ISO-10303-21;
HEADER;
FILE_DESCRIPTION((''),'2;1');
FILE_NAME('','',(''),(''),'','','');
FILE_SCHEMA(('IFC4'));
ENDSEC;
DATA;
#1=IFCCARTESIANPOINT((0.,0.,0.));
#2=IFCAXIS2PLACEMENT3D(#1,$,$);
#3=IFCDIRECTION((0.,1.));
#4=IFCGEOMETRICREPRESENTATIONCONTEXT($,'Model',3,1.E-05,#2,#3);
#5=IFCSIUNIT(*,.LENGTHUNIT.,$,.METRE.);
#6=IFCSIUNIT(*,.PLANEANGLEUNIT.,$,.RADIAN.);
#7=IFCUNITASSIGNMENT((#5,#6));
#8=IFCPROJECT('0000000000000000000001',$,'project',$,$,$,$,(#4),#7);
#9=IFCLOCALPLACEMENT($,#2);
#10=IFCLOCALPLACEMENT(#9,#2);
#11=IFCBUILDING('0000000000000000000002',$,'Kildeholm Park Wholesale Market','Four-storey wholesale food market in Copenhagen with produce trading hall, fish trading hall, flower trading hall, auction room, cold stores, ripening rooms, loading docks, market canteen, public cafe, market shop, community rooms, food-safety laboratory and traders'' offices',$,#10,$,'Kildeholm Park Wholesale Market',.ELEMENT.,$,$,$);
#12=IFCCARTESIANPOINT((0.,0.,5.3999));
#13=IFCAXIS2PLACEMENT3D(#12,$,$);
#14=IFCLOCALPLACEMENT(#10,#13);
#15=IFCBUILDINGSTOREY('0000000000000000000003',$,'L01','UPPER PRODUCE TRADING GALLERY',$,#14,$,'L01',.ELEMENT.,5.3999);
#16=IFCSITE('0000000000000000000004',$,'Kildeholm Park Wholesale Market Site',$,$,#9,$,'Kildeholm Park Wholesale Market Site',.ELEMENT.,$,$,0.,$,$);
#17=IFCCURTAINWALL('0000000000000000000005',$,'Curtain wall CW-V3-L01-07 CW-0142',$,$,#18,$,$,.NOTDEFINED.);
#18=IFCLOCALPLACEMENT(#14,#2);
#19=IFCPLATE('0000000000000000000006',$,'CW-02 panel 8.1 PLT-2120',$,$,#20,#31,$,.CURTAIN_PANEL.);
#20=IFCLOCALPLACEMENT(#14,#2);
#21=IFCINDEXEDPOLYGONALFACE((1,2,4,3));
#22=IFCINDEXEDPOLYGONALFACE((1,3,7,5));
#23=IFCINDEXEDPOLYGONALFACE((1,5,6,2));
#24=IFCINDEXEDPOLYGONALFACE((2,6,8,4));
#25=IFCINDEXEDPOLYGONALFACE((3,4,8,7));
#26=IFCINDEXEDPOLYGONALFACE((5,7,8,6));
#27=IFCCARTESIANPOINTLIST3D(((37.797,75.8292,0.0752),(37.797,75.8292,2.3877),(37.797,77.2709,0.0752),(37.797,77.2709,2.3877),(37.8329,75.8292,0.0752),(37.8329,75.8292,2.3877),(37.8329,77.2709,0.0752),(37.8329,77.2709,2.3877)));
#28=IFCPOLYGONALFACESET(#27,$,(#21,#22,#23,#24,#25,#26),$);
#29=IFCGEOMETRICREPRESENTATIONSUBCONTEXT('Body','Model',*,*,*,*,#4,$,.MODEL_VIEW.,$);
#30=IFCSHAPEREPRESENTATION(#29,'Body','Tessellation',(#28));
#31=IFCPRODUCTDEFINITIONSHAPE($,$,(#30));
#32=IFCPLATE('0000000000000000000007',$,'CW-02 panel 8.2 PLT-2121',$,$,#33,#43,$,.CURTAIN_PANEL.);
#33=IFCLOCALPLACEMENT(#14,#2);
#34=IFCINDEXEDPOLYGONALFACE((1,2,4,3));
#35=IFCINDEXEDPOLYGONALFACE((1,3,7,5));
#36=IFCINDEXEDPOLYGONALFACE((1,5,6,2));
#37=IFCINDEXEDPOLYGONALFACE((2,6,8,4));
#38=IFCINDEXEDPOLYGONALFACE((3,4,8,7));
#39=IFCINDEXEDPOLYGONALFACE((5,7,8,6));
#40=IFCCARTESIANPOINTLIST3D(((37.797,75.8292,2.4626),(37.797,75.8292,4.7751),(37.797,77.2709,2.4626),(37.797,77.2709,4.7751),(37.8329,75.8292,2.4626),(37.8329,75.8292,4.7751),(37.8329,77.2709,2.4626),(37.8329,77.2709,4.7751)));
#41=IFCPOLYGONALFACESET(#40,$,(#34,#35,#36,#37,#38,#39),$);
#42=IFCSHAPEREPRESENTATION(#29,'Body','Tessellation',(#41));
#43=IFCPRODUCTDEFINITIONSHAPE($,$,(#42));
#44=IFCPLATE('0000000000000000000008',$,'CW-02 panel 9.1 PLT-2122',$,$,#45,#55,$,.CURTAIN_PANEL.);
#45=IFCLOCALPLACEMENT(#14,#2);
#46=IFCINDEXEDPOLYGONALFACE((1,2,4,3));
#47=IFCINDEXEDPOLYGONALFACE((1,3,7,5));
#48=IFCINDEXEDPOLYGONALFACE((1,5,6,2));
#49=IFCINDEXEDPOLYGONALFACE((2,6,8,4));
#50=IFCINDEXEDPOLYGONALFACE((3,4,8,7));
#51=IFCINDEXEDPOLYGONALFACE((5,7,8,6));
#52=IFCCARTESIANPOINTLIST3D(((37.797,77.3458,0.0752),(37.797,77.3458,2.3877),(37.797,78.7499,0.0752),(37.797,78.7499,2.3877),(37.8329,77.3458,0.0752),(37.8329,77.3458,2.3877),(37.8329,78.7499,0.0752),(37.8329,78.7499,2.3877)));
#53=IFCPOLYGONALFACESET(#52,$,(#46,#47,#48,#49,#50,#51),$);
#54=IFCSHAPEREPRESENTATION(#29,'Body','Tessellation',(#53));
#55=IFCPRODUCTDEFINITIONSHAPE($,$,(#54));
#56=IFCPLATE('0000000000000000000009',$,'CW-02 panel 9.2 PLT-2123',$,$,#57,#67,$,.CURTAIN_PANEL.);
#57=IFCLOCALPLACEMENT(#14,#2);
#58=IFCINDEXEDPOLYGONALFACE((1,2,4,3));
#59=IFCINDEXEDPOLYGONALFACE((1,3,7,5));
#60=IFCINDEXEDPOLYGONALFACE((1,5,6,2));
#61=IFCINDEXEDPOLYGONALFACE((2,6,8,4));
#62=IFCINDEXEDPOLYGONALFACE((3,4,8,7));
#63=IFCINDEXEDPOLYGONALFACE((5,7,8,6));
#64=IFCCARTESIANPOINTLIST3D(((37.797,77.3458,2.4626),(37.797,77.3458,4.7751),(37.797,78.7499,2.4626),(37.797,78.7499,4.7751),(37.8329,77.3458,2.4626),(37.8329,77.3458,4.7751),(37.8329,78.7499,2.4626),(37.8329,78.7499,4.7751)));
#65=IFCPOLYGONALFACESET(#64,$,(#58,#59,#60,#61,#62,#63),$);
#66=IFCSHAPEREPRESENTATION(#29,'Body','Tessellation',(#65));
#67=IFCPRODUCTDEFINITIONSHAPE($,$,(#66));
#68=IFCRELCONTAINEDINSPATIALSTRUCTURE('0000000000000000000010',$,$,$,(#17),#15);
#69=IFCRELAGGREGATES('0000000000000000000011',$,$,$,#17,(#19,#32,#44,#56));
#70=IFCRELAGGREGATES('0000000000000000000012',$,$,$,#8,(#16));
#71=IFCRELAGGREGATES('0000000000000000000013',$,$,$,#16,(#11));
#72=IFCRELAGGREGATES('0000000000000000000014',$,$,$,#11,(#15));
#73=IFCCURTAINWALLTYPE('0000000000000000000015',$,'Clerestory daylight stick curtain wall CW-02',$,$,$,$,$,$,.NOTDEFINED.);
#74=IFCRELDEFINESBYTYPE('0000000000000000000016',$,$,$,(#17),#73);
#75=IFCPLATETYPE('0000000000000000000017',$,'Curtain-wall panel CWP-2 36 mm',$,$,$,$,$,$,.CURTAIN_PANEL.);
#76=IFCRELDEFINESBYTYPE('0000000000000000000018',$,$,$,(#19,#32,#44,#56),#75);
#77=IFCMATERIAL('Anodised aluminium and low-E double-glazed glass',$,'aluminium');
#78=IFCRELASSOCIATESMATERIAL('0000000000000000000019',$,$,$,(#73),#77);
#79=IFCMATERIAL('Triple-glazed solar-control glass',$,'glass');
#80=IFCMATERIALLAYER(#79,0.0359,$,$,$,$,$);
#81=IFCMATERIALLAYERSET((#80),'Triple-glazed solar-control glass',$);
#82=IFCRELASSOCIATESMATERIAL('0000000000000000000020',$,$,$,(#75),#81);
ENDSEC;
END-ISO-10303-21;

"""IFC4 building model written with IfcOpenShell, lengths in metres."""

from ifc_helpers import new_model, si_unit, direction, frame, origin, origin_2d, place, context, subcontext, project, spatial, rectangle, extrude, material, layer, layer_set, type_object, element, aggregate, save


model = new_model("IFC4")

# Units and contexts
model_context = context("Model", 3, precision=1e-05, world=origin(), true_north=direction((0.0, 1.0)))
body_context = subcontext(model_context, "Body", "Model", "MODEL_VIEW")
ifc_project = project(units=[si_unit("LENGTHUNIT", "METRE"), si_unit("PLANEANGLEUNIT", "RADIAN")], contexts=[model_context])

# Site, building, storey
site_placement = place(None, origin())
site = spatial("IfcSite", under=ifc_project, at=site_placement, Name="Kildeholm Park Wholesale Market Site", LongName="Kildeholm Park Wholesale Market Site", CompositionType="ELEMENT", RefElevation=0.0)
building_placement = place(site_placement, origin())
building = spatial("IfcBuilding", under=site, at=building_placement, Name="Kildeholm Park Wholesale Market", Description="Four-storey wholesale food market in Copenhagen with produce trading hall, fish trading hall, flower trading hall, auction room, cold stores, ripening rooms, loading docks, market canteen, public cafe, market shop, community rooms, food-safety laboratory and traders' offices", LongName="Kildeholm Park Wholesale Market", CompositionType="ELEMENT")
storey_placement = place(building_placement, frame((0.0, 0.0, 5.3999)))
storey = spatial("IfcBuildingStorey", under=building, at=storey_placement, Name="L01", Description="UPPER PRODUCE TRADING GALLERY", LongName="L01", CompositionType="ELEMENT", Elevation=5.3999)

# Shared definitions
ifc_material_1 = material(Name="Anodised aluminium and low-E double-glazed glass", Category="aluminium")
curtain_wall_type_1 = type_object("IfcCurtainWallType", Name="Clerestory daylight stick curtain wall CW-02", PredefinedType="NOTDEFINED", material=ifc_material_1)

# Curtain wall
curtain_wall_1_placement = place(storey_placement, origin())
curtain_wall_1 = element("IfcCurtainWall", 1, at=curtain_wall_1_placement, inside=storey, type_object=curtain_wall_type_1, Name="Curtain wall CW-V3-L01-07 CW-0142", PredefinedType="NOTDEFINED")

# Plates
ifc_material_2 = material(Name="Triple-glazed solar-control glass", Category="glass")
ifc_layer_1 = layer(ifc_material_2, 0.0359)
ifc_layer_set_1 = layer_set([ifc_layer_1], Name="Triple-glazed solar-control glass")
plate_type_1 = type_object("IfcPlateType", Name="Curtain-wall panel CWP-2 36 mm", PredefinedType="CURTAIN_PANEL", material=ifc_layer_set_1)
plate_1_placement = place(storey_placement, frame((37.8149, 76.55, 0.0752), z_axis=(0.0, 0.0, 1.0), x_axis=(0.0, 1.0, 0.0)))
plate_1 = element("IfcPlate", 2, at=plate_1_placement, type_object=plate_type_1, Name="CW-02 panel 8.1 PLT-2120", PredefinedType="CURTAIN_PANEL", context=body_context, shape_type="SweptSolid", body=[
    extrude(rectangle(XDim=1.4417, YDim=0.0359, at=origin_2d()), origin(), (0.0, 0.0, 1.0), 2.3125),
])
plate_2_placement = place(storey_placement, frame((37.8149, 76.55, 2.4626), z_axis=(0.0, 0.0, 1.0), x_axis=(0.0, 1.0, 0.0)))
plate_2 = element("IfcPlate", 3, at=plate_2_placement, type_object=plate_type_1, Name="CW-02 panel 8.2 PLT-2121", PredefinedType="CURTAIN_PANEL", context=body_context, shape_type="SweptSolid", body=[
    extrude(rectangle(XDim=1.4417, YDim=0.0359, at=origin_2d()), origin(), (0.0, 0.0, 1.0), 2.3125),
])
plate_3_placement = place(storey_placement, frame((37.8149, 78.0479, 0.0752), z_axis=(0.0, 0.0, 1.0), x_axis=(0.0, 1.0, 0.0)))
plate_3 = element("IfcPlate", 4, at=plate_3_placement, type_object=plate_type_1, Name="CW-02 panel 9.1 PLT-2122", PredefinedType="CURTAIN_PANEL", context=body_context, shape_type="SweptSolid", body=[
    extrude(rectangle(XDim=1.4041, YDim=0.0359, at=origin_2d()), origin(), (0.0, 0.0, 1.0), 2.3125),
])
plate_4_placement = place(storey_placement, frame((37.8149, 78.0479, 2.4626), z_axis=(0.0, 0.0, 1.0), x_axis=(0.0, 1.0, 0.0)))
plate_4 = element("IfcPlate", 5, at=plate_4_placement, type_object=plate_type_1, Name="CW-02 panel 9.2 PLT-2123", PredefinedType="CURTAIN_PANEL", context=body_context, shape_type="SweptSolid", body=[
    extrude(rectangle(XDim=1.4041, YDim=0.0359, at=origin_2d()), origin(), (0.0, 0.0, 1.0), 2.3125),
])
aggregate(curtain_wall_1, [plate_1, plate_2, plate_3, plate_4])

save(model, "model.ifc")
